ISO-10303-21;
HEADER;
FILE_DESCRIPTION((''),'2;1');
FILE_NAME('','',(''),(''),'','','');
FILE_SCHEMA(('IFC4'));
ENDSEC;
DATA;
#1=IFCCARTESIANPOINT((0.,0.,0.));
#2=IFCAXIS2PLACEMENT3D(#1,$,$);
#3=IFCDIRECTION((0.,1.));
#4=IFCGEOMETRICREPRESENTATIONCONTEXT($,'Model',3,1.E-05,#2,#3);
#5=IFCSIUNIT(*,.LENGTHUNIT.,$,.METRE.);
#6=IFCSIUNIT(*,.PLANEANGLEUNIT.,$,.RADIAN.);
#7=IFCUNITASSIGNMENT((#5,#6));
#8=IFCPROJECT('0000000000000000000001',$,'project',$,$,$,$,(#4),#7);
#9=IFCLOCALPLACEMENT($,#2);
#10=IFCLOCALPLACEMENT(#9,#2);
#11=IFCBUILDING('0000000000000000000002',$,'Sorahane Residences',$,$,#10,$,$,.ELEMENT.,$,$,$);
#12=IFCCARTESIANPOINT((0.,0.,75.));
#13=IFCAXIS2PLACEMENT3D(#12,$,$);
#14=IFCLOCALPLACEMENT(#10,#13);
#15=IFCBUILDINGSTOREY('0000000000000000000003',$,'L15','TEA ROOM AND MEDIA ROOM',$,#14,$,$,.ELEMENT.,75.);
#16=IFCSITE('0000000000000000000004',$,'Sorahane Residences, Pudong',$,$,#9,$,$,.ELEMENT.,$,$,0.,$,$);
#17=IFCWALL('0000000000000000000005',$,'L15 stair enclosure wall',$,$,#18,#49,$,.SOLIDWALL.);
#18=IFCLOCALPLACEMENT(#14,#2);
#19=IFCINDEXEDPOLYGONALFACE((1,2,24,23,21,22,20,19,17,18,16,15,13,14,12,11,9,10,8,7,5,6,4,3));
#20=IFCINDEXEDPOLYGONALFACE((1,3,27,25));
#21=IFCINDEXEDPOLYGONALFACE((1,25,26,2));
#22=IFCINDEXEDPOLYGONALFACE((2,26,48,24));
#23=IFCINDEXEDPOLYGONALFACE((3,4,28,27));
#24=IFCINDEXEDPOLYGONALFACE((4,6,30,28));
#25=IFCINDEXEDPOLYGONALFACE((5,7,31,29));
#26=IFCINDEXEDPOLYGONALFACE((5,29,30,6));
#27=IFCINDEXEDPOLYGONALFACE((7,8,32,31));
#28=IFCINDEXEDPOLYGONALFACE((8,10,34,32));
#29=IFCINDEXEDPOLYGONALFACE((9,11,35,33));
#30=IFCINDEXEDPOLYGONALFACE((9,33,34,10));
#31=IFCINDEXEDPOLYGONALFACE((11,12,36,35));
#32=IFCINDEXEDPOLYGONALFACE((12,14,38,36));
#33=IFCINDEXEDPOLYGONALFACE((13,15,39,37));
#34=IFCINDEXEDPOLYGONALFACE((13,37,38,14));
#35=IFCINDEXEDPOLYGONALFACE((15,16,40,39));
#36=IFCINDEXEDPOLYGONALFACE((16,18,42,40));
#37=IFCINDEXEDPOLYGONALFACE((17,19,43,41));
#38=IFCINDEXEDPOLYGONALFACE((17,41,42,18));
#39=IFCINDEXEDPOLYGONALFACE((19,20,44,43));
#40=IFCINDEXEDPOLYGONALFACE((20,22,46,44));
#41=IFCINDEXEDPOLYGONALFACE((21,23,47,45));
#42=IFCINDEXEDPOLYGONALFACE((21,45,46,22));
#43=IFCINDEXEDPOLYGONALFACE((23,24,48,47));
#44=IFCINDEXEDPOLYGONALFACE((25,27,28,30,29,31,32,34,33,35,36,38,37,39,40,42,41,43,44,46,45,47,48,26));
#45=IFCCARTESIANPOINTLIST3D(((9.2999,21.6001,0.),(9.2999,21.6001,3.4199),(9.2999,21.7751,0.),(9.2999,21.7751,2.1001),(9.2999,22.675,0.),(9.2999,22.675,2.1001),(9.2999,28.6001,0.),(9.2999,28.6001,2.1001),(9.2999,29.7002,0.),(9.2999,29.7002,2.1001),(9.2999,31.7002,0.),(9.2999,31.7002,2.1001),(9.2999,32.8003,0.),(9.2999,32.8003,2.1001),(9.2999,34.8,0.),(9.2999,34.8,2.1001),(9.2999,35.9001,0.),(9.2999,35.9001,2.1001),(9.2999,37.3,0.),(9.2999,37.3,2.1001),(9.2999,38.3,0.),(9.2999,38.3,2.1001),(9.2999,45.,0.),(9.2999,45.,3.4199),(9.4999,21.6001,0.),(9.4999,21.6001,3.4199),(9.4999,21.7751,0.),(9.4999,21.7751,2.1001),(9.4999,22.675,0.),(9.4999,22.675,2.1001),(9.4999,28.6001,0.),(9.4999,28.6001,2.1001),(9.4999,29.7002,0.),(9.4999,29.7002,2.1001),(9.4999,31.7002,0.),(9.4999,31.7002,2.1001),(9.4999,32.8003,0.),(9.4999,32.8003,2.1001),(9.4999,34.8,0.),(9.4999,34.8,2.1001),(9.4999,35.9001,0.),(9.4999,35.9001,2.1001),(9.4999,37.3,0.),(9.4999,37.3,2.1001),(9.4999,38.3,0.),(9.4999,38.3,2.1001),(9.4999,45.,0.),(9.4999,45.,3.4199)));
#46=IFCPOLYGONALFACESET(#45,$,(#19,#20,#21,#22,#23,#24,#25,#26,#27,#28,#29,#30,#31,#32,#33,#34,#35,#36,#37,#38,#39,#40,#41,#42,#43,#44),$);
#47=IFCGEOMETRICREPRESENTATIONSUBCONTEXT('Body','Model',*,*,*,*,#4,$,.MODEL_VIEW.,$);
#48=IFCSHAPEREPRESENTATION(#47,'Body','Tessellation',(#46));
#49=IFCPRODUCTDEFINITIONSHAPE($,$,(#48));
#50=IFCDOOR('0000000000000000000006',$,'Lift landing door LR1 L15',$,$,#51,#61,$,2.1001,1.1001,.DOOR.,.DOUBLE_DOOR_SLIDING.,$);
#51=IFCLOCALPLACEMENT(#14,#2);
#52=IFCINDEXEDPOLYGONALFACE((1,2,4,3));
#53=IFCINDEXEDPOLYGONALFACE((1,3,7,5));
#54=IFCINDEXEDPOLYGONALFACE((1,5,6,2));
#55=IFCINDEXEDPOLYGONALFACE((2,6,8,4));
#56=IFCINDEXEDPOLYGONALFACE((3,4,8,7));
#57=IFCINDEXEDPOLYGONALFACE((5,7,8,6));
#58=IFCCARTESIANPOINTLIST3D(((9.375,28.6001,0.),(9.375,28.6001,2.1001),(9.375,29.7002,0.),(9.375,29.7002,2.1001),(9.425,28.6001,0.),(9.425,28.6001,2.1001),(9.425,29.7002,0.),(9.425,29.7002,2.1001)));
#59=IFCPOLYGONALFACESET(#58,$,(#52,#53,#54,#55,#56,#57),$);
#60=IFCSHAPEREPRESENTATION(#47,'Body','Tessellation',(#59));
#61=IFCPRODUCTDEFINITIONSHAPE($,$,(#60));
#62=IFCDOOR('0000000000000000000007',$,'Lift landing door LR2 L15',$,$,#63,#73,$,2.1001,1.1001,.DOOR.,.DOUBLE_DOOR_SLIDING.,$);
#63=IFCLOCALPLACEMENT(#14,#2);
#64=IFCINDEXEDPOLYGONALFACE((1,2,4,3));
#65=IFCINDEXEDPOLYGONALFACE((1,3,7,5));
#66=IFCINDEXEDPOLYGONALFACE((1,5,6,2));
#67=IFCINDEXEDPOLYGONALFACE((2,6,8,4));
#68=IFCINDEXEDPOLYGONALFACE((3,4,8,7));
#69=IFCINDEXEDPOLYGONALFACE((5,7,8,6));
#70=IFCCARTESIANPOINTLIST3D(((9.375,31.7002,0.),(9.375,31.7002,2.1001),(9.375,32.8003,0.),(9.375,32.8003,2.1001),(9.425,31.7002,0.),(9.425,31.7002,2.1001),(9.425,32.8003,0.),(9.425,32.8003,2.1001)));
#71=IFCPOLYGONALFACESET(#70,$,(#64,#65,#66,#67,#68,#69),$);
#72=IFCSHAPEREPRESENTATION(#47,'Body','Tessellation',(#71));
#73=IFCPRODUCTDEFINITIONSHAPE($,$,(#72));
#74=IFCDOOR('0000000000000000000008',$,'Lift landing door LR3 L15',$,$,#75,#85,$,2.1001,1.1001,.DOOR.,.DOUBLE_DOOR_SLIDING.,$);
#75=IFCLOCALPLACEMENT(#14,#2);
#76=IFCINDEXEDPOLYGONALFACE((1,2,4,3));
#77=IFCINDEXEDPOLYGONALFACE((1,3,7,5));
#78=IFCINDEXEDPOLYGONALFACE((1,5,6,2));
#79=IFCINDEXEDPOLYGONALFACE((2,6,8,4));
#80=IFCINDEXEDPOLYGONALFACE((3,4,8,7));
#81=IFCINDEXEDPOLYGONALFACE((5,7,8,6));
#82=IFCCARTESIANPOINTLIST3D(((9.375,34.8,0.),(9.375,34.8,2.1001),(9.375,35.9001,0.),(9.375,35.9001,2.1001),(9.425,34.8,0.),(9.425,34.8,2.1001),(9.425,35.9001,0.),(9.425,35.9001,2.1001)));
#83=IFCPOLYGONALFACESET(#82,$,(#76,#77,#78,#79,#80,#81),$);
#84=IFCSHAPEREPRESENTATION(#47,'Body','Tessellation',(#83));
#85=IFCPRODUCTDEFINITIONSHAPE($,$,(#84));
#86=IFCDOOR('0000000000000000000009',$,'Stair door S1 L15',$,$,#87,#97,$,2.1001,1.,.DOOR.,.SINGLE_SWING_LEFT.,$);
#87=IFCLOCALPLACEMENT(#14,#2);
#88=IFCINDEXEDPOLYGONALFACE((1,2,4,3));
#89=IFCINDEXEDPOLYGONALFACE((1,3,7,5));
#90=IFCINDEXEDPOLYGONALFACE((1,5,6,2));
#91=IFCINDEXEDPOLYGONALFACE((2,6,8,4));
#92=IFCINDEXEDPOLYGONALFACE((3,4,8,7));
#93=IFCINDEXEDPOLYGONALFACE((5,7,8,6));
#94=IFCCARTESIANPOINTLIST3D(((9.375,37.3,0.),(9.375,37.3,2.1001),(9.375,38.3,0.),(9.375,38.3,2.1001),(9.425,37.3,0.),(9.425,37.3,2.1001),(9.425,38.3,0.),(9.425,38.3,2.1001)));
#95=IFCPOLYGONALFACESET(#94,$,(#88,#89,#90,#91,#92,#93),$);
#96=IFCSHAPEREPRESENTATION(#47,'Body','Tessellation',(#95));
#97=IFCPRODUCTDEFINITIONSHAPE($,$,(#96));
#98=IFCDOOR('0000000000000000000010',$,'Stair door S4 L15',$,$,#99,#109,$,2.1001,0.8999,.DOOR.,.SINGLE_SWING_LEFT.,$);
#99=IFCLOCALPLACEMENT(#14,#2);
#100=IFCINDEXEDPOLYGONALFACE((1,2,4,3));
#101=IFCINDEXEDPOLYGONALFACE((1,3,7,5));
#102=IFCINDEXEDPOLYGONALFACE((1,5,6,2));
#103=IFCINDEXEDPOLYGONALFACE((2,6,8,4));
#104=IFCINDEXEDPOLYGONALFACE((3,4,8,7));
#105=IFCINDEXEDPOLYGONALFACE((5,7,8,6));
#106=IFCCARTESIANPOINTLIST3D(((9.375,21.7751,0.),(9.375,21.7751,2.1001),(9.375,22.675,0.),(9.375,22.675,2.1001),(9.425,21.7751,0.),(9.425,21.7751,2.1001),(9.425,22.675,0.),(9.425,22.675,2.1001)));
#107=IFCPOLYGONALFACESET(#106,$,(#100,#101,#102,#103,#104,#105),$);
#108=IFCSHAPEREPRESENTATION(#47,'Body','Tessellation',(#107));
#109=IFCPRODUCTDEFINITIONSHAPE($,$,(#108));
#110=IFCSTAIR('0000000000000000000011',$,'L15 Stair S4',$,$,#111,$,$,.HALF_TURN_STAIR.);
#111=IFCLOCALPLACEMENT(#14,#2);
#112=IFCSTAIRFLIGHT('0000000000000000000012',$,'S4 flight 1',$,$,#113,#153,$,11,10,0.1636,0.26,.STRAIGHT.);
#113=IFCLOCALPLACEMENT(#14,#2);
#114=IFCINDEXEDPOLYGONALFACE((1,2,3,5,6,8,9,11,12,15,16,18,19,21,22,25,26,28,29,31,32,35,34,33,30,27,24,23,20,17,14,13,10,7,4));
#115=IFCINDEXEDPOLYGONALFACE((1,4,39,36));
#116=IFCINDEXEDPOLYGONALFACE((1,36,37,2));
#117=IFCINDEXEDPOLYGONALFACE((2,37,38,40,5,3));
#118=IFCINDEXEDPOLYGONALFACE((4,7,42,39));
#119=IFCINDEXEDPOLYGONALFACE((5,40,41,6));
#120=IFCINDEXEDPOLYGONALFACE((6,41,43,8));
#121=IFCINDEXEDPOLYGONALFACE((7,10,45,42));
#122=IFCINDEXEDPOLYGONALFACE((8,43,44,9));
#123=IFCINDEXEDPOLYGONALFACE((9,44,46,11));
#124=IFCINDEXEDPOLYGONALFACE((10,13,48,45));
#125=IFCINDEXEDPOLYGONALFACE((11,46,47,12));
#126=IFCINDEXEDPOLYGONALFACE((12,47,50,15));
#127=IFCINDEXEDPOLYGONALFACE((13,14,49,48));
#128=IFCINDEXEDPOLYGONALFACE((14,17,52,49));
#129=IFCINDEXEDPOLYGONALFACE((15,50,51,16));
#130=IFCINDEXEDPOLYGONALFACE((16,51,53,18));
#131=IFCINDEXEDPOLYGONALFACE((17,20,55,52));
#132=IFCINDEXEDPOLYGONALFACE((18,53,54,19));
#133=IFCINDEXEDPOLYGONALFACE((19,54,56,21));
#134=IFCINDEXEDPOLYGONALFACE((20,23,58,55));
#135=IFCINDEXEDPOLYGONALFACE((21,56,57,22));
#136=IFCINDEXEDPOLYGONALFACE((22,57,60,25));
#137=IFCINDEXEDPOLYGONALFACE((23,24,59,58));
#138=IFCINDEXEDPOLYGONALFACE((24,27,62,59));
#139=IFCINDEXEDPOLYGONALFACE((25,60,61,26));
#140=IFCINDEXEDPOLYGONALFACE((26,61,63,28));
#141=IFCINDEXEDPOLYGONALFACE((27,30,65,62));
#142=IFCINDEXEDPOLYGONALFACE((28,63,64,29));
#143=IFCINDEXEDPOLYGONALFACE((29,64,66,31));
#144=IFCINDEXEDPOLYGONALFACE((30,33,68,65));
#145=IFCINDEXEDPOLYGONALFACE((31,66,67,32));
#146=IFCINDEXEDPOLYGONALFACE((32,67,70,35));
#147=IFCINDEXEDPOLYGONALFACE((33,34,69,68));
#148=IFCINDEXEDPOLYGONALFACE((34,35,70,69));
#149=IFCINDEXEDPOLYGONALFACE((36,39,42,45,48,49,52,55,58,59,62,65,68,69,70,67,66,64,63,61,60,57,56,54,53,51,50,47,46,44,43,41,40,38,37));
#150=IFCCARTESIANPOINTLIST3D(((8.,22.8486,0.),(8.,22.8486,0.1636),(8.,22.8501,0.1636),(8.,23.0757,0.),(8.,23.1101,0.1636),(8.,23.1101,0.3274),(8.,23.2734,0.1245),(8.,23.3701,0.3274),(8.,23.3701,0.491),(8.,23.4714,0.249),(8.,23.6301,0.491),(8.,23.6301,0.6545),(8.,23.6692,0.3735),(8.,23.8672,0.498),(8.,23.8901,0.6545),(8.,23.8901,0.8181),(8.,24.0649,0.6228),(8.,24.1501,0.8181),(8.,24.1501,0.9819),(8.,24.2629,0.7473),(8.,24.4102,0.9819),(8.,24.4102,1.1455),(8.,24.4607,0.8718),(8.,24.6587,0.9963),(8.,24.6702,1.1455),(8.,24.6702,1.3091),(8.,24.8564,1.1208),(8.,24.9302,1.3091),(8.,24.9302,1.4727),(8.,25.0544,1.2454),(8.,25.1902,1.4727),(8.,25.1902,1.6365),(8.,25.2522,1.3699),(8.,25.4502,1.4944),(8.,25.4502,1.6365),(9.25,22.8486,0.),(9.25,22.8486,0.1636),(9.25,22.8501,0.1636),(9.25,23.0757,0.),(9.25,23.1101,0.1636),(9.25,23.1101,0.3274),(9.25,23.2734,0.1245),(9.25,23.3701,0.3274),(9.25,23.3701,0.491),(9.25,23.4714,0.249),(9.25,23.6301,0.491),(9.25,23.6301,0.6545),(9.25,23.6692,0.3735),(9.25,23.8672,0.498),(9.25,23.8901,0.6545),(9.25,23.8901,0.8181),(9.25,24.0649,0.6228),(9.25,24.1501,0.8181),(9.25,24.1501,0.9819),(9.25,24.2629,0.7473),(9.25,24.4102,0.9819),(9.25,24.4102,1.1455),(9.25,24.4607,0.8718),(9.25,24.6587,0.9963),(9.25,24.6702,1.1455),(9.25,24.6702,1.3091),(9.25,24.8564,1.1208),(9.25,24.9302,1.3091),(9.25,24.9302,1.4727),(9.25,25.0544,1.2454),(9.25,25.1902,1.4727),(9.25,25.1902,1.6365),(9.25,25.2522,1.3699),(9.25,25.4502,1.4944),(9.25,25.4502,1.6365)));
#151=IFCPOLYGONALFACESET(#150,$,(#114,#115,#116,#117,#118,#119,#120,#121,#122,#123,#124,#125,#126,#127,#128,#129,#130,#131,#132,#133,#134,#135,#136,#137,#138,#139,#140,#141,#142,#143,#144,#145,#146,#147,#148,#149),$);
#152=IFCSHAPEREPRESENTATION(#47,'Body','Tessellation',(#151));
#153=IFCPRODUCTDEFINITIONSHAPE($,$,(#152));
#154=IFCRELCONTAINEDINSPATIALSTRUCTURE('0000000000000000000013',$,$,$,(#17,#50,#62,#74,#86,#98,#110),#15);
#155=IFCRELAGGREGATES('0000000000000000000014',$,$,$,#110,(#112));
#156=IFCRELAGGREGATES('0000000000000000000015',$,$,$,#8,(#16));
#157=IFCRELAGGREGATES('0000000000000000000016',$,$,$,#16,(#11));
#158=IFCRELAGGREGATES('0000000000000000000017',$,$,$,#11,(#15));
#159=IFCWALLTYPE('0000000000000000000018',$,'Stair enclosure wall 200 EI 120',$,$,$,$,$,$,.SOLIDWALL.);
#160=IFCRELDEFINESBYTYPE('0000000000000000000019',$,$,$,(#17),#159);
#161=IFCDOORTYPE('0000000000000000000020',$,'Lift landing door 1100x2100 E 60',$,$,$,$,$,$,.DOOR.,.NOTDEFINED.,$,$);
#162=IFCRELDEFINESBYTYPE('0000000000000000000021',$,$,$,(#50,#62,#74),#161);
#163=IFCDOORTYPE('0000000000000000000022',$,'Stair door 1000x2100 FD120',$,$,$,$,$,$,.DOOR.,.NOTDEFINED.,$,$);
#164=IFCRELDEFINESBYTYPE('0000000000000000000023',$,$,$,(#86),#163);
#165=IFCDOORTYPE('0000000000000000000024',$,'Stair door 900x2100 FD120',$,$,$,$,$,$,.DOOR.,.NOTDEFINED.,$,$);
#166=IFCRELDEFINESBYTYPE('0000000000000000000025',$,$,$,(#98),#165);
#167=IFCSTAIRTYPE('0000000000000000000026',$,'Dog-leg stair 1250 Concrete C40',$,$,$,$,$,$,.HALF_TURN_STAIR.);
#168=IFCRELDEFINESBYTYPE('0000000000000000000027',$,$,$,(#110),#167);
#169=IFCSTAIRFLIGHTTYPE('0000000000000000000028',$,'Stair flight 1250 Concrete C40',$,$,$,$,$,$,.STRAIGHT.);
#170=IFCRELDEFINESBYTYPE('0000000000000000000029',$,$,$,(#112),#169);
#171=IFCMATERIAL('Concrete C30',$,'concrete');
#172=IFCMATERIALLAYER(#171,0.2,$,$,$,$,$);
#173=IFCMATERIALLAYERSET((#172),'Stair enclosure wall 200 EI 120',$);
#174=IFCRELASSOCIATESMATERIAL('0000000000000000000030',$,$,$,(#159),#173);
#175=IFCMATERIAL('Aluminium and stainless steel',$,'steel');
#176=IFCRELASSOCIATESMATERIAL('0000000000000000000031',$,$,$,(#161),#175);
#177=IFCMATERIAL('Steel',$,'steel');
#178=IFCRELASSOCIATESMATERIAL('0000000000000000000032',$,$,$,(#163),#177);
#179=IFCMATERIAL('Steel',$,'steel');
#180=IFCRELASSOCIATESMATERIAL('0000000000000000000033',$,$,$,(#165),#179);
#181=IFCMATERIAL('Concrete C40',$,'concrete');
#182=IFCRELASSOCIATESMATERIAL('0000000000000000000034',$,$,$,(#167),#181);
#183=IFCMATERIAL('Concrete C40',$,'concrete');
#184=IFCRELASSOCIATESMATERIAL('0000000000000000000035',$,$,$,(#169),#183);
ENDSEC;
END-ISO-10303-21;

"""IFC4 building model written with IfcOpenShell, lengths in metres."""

from ifc_helpers import new_model, si_unit, direction, frame, frame_2d, origin, place, context, subcontext, project, spatial, polyline, rectangle, outline, extrude, material, layer, layer_set, type_object, element, fill, aggregate, save


model = new_model("IFC4")

# Units and contexts
model_context = context("Model", 3, precision=1e-05, world=origin(), true_north=direction((0.0, 1.0)))
body_context = subcontext(model_context, "Body", "Model", "MODEL_VIEW")
ifc_project = project(units=[si_unit("LENGTHUNIT", "METRE"), si_unit("PLANEANGLEUNIT", "RADIAN")], contexts=[model_context])

# Site, building, storey
site_placement = place(None, origin())
site = spatial("IfcSite", under=ifc_project, at=site_placement, Name="Sorahane Residences, Pudong", CompositionType="ELEMENT", RefElevation=0.0)
building_placement = place(site_placement, origin())
building = spatial("IfcBuilding", under=site, at=building_placement, Name="Sorahane Residences", CompositionType="ELEMENT")
storey_placement = place(building_placement, frame((0.0, 0.0, 75.0)))
storey = spatial("IfcBuildingStorey", under=building, at=storey_placement, Name="L15", Description="TEA ROOM AND MEDIA ROOM", CompositionType="ELEMENT", Elevation=75.0)

# Wall, openings, doors
ifc_material_1 = material(Name="Concrete C30", Category="concrete")
ifc_layer_1 = layer(ifc_material_1, 0.2)
ifc_layer_set_1 = layer_set([ifc_layer_1], Name="Stair enclosure wall 200 EI 120")
wall_type_1 = type_object("IfcWallType", Name="Stair enclosure wall 200 EI 120", PredefinedType="SOLIDWALL", material=ifc_layer_set_1)
wall_1_placement = place(storey_placement, frame((9.3999, 21.6001, 0.0), z_axis=(0.0, 0.0, 1.0), x_axis=(0.0, 1.0, 0.0)))
wall_1 = element("IfcWall", 1, at=wall_1_placement, inside=storey, type_object=wall_type_1, Name="L15 stair enclosure wall", PredefinedType="SOLIDWALL", context=body_context, shape_type="SweptSolid", body=[
    extrude(rectangle(XDim=23.3999, YDim=0.2, at=frame_2d((11.7, 0.0))), origin(), (0.0, 0.0, 1.0), 3.4199),
])
opening_1_placement = place(wall_1_placement, frame((7.0, 0.0, 0.0)))
opening_1 = element("IfcOpeningElement", 2, at=opening_1_placement, cuts=wall_1, PredefinedType="OPENING", context=body_context, shape_type="SweptSolid", body=[
    extrude(rectangle(XDim=1.1001, YDim=2.1001, at=frame_2d((0.55, 1.05))), frame((0.0, 0.1099, 0.0), z_axis=(0.0, -1.0, 0.0), x_axis=(1.0, 0.0, 0.0)), (0.0, 0.0, 1.0), 0.22),
])
opening_2_placement = place(wall_1_placement, frame((10.1001, 0.0, 0.0)))
opening_2 = element("IfcOpeningElement", 3, at=opening_2_placement, cuts=wall_1, PredefinedType="OPENING", context=body_context, shape_type="SweptSolid", body=[
    extrude(rectangle(XDim=1.1001, YDim=2.1001, at=frame_2d((0.55, 1.05))), frame((0.0, 0.1099, 0.0), z_axis=(0.0, -1.0, 0.0), x_axis=(1.0, 0.0, 0.0)), (0.0, 0.0, 1.0), 0.22),
])
opening_3_placement = place(wall_1_placement, frame((13.2, 0.0, 0.0)))
opening_3 = element("IfcOpeningElement", 4, at=opening_3_placement, cuts=wall_1, PredefinedType="OPENING", context=body_context, shape_type="SweptSolid", body=[
    extrude(rectangle(XDim=1.1001, YDim=2.1001, at=frame_2d((0.55, 1.05))), frame((0.0, 0.1099, 0.0), z_axis=(0.0, -1.0, 0.0), x_axis=(1.0, 0.0, 0.0)), (0.0, 0.0, 1.0), 0.22),
])
opening_4_placement = place(wall_1_placement, frame((15.7, 0.0, 0.0)))
opening_4 = element("IfcOpeningElement", 5, at=opening_4_placement, cuts=wall_1, PredefinedType="OPENING", context=body_context, shape_type="SweptSolid", body=[
    extrude(rectangle(XDim=1.0, YDim=2.1001, at=frame_2d((0.5, 1.05))), frame((0.0, 0.1099, 0.0), z_axis=(0.0, -1.0, 0.0), x_axis=(1.0, 0.0, 0.0)), (0.0, 0.0, 1.0), 0.22),
])
opening_5_placement = place(wall_1_placement, frame((0.175, 0.0, 0.0)))
opening_5 = element("IfcOpeningElement", 6, at=opening_5_placement, cuts=wall_1, PredefinedType="OPENING", context=body_context, shape_type="SweptSolid", body=[
    extrude(rectangle(XDim=0.8999, YDim=2.1001, at=frame_2d((0.45, 1.05))), frame((0.0, 0.1099, 0.0), z_axis=(0.0, -1.0, 0.0), x_axis=(1.0, 0.0, 0.0)), (0.0, 0.0, 1.0), 0.22),
])
ifc_material_2 = material(Name="Aluminium and stainless steel", Category="steel")
door_type_1 = type_object("IfcDoorType", Name="Lift landing door 1100x2100 E 60", OperationType="NOTDEFINED", PredefinedType="DOOR", material=ifc_material_2)
door_1_placement = place(opening_1_placement, origin())
door_1 = element("IfcDoor", 7, at=door_1_placement, inside=storey, type_object=door_type_1, Name="Lift landing door LR1 L15", OperationType="DOUBLE_DOOR_SLIDING", OverallHeight=2.1001, OverallWidth=1.1001, PredefinedType="DOOR", context=body_context, shape_type="SweptSolid", body=[
    extrude(rectangle(XDim=1.1001, YDim=2.1001, at=frame_2d((0.55, 1.05))), frame((0.0, 0.0249, 0.0), z_axis=(0.0, -1.0, 0.0), x_axis=(1.0, 0.0, 0.0)), (0.0, 0.0, 1.0), 0.05),
])
fill(opening_1, door_1)
door_2_placement = place(opening_2_placement, origin())
door_2 = element("IfcDoor", 8, at=door_2_placement, inside=storey, type_object=door_type_1, Name="Lift landing door LR2 L15", OperationType="DOUBLE_DOOR_SLIDING", OverallHeight=2.1001, OverallWidth=1.1001, PredefinedType="DOOR", context=body_context, shape_type="SweptSolid", body=[
    extrude(rectangle(XDim=1.1001, YDim=2.1001, at=frame_2d((0.55, 1.05))), frame((0.0, 0.0249, 0.0), z_axis=(0.0, -1.0, 0.0), x_axis=(1.0, 0.0, 0.0)), (0.0, 0.0, 1.0), 0.05),
])
fill(opening_2, door_2)
door_3_placement = place(opening_3_placement, origin())
door_3 = element("IfcDoor", 9, at=door_3_placement, inside=storey, type_object=door_type_1, Name="Lift landing door LR3 L15", OperationType="DOUBLE_DOOR_SLIDING", OverallHeight=2.1001, OverallWidth=1.1001, PredefinedType="DOOR", context=body_context, shape_type="SweptSolid", body=[
    extrude(rectangle(XDim=1.1001, YDim=2.1001, at=frame_2d((0.55, 1.05))), frame((0.0, 0.0249, 0.0), z_axis=(0.0, -1.0, 0.0), x_axis=(1.0, 0.0, 0.0)), (0.0, 0.0, 1.0), 0.05),
])
fill(opening_3, door_3)
ifc_material_3 = material(Name="Steel", Category="steel")
door_type_2 = type_object("IfcDoorType", Name="Stair door 1000x2100 FD120", OperationType="NOTDEFINED", PredefinedType="DOOR", material=ifc_material_3)
door_4_placement = place(opening_4_placement, origin())
door_4 = element("IfcDoor", 10, at=door_4_placement, inside=storey, type_object=door_type_2, Name="Stair door S1 L15", OperationType="SINGLE_SWING_LEFT", OverallHeight=2.1001, OverallWidth=1.0, PredefinedType="DOOR", context=body_context, shape_type="SweptSolid", body=[
    extrude(rectangle(XDim=1.0, YDim=2.1001, at=frame_2d((0.5, 1.05))), frame((0.0, 0.0249, 0.0), z_axis=(0.0, -1.0, 0.0), x_axis=(1.0, 0.0, 0.0)), (0.0, 0.0, 1.0), 0.05),
])
fill(opening_4, door_4)
ifc_material_4 = material(Name="Steel", Category="steel")
door_type_3 = type_object("IfcDoorType", Name="Stair door 900x2100 FD120", OperationType="NOTDEFINED", PredefinedType="DOOR", material=ifc_material_4)
door_5_placement = place(opening_5_placement, origin())
door_5 = element("IfcDoor", 11, at=door_5_placement, inside=storey, type_object=door_type_3, Name="Stair door S4 L15", OperationType="SINGLE_SWING_LEFT", OverallHeight=2.1001, OverallWidth=0.8999, PredefinedType="DOOR", context=body_context, shape_type="SweptSolid", body=[
    extrude(rectangle(XDim=0.8999, YDim=2.1001, at=frame_2d((0.45, 1.05))), frame((0.0, 0.0249, 0.0), z_axis=(0.0, -1.0, 0.0), x_axis=(1.0, 0.0, 0.0)), (0.0, 0.0, 1.0), 0.05),
])
fill(opening_5, door_5)

# Stair, stair flight
ifc_material_5 = material(Name="Concrete C40", Category="concrete")
stair_type = type_object("IfcStairType", Name="Dog-leg stair 1250 Concrete C40", PredefinedType="HALF_TURN_STAIR", material=ifc_material_5)
stair_placement = place(storey_placement, origin())
stair = element("IfcStair", 12, at=stair_placement, inside=storey, type_object=stair_type, Name="L15 Stair S4", PredefinedType="HALF_TURN_STAIR")
ifc_material_6 = material(Name="Concrete C40", Category="concrete")
stair_flight_type = type_object("IfcStairFlightType", Name="Stair flight 1250 Concrete C40", PredefinedType="STRAIGHT", material=ifc_material_6)
stair_flight_placement = place(storey_placement, frame((8.625, 22.8501, 0.0), z_axis=(0.0, 0.0, 1.0), x_axis=(0.0, 1.0, 0.0)))
stair_flight = element("IfcStairFlight", 13, at=stair_flight_placement, type_object=stair_flight_type, Name="S4 flight 1", NumberOfRisers=11, NumberOfTreads=10, PredefinedType="STRAIGHT", RiserHeight=0.1636, TreadLength=0.26, context=body_context, shape_type="SweptSolid", body=[
    extrude(outline(polyline([(-0.0015, 0.0), (-0.0015, 0.1636), (0.0, 0.1636), (0.26, 0.1636), (0.26, 0.3274), (0.52, 0.3274), (0.52, 0.491), (0.78, 0.491), (0.78, 0.6545), (1.04, 0.6545), (1.04, 0.8181), (1.3, 0.8181), (1.3, 0.9819), (1.5601, 0.9819), (1.5601, 1.1455), (1.8201, 1.1455), (1.8201, 1.3091), (2.0801, 1.3091), (2.0801, 1.4727), (2.3401, 1.4727), (2.3401, 1.6365), (2.6001, 1.6365), (2.6001, 1.8), (2.6001, 1.4944), (2.4021, 1.3699), (2.2043, 1.2454), (2.0063, 1.1208), (1.8086, 0.9963), (1.6106, 0.8718), (1.4128, 0.7473), (1.2148, 0.6228), (1.0171, 0.498), (0.8191, 0.3735), (0.6213, 0.249), (0.4233, 0.1245), (0.2256, 0.0), (-0.0015, 0.0)])), frame((0.0, 0.625, 0.0), z_axis=(0.0, -1.0, 0.0), x_axis=(1.0, 0.0, 0.0)), (0.0, 0.0, 1.0), 1.25),
])
aggregate(stair, [stair_flight])

save(model, "model.ifc")
